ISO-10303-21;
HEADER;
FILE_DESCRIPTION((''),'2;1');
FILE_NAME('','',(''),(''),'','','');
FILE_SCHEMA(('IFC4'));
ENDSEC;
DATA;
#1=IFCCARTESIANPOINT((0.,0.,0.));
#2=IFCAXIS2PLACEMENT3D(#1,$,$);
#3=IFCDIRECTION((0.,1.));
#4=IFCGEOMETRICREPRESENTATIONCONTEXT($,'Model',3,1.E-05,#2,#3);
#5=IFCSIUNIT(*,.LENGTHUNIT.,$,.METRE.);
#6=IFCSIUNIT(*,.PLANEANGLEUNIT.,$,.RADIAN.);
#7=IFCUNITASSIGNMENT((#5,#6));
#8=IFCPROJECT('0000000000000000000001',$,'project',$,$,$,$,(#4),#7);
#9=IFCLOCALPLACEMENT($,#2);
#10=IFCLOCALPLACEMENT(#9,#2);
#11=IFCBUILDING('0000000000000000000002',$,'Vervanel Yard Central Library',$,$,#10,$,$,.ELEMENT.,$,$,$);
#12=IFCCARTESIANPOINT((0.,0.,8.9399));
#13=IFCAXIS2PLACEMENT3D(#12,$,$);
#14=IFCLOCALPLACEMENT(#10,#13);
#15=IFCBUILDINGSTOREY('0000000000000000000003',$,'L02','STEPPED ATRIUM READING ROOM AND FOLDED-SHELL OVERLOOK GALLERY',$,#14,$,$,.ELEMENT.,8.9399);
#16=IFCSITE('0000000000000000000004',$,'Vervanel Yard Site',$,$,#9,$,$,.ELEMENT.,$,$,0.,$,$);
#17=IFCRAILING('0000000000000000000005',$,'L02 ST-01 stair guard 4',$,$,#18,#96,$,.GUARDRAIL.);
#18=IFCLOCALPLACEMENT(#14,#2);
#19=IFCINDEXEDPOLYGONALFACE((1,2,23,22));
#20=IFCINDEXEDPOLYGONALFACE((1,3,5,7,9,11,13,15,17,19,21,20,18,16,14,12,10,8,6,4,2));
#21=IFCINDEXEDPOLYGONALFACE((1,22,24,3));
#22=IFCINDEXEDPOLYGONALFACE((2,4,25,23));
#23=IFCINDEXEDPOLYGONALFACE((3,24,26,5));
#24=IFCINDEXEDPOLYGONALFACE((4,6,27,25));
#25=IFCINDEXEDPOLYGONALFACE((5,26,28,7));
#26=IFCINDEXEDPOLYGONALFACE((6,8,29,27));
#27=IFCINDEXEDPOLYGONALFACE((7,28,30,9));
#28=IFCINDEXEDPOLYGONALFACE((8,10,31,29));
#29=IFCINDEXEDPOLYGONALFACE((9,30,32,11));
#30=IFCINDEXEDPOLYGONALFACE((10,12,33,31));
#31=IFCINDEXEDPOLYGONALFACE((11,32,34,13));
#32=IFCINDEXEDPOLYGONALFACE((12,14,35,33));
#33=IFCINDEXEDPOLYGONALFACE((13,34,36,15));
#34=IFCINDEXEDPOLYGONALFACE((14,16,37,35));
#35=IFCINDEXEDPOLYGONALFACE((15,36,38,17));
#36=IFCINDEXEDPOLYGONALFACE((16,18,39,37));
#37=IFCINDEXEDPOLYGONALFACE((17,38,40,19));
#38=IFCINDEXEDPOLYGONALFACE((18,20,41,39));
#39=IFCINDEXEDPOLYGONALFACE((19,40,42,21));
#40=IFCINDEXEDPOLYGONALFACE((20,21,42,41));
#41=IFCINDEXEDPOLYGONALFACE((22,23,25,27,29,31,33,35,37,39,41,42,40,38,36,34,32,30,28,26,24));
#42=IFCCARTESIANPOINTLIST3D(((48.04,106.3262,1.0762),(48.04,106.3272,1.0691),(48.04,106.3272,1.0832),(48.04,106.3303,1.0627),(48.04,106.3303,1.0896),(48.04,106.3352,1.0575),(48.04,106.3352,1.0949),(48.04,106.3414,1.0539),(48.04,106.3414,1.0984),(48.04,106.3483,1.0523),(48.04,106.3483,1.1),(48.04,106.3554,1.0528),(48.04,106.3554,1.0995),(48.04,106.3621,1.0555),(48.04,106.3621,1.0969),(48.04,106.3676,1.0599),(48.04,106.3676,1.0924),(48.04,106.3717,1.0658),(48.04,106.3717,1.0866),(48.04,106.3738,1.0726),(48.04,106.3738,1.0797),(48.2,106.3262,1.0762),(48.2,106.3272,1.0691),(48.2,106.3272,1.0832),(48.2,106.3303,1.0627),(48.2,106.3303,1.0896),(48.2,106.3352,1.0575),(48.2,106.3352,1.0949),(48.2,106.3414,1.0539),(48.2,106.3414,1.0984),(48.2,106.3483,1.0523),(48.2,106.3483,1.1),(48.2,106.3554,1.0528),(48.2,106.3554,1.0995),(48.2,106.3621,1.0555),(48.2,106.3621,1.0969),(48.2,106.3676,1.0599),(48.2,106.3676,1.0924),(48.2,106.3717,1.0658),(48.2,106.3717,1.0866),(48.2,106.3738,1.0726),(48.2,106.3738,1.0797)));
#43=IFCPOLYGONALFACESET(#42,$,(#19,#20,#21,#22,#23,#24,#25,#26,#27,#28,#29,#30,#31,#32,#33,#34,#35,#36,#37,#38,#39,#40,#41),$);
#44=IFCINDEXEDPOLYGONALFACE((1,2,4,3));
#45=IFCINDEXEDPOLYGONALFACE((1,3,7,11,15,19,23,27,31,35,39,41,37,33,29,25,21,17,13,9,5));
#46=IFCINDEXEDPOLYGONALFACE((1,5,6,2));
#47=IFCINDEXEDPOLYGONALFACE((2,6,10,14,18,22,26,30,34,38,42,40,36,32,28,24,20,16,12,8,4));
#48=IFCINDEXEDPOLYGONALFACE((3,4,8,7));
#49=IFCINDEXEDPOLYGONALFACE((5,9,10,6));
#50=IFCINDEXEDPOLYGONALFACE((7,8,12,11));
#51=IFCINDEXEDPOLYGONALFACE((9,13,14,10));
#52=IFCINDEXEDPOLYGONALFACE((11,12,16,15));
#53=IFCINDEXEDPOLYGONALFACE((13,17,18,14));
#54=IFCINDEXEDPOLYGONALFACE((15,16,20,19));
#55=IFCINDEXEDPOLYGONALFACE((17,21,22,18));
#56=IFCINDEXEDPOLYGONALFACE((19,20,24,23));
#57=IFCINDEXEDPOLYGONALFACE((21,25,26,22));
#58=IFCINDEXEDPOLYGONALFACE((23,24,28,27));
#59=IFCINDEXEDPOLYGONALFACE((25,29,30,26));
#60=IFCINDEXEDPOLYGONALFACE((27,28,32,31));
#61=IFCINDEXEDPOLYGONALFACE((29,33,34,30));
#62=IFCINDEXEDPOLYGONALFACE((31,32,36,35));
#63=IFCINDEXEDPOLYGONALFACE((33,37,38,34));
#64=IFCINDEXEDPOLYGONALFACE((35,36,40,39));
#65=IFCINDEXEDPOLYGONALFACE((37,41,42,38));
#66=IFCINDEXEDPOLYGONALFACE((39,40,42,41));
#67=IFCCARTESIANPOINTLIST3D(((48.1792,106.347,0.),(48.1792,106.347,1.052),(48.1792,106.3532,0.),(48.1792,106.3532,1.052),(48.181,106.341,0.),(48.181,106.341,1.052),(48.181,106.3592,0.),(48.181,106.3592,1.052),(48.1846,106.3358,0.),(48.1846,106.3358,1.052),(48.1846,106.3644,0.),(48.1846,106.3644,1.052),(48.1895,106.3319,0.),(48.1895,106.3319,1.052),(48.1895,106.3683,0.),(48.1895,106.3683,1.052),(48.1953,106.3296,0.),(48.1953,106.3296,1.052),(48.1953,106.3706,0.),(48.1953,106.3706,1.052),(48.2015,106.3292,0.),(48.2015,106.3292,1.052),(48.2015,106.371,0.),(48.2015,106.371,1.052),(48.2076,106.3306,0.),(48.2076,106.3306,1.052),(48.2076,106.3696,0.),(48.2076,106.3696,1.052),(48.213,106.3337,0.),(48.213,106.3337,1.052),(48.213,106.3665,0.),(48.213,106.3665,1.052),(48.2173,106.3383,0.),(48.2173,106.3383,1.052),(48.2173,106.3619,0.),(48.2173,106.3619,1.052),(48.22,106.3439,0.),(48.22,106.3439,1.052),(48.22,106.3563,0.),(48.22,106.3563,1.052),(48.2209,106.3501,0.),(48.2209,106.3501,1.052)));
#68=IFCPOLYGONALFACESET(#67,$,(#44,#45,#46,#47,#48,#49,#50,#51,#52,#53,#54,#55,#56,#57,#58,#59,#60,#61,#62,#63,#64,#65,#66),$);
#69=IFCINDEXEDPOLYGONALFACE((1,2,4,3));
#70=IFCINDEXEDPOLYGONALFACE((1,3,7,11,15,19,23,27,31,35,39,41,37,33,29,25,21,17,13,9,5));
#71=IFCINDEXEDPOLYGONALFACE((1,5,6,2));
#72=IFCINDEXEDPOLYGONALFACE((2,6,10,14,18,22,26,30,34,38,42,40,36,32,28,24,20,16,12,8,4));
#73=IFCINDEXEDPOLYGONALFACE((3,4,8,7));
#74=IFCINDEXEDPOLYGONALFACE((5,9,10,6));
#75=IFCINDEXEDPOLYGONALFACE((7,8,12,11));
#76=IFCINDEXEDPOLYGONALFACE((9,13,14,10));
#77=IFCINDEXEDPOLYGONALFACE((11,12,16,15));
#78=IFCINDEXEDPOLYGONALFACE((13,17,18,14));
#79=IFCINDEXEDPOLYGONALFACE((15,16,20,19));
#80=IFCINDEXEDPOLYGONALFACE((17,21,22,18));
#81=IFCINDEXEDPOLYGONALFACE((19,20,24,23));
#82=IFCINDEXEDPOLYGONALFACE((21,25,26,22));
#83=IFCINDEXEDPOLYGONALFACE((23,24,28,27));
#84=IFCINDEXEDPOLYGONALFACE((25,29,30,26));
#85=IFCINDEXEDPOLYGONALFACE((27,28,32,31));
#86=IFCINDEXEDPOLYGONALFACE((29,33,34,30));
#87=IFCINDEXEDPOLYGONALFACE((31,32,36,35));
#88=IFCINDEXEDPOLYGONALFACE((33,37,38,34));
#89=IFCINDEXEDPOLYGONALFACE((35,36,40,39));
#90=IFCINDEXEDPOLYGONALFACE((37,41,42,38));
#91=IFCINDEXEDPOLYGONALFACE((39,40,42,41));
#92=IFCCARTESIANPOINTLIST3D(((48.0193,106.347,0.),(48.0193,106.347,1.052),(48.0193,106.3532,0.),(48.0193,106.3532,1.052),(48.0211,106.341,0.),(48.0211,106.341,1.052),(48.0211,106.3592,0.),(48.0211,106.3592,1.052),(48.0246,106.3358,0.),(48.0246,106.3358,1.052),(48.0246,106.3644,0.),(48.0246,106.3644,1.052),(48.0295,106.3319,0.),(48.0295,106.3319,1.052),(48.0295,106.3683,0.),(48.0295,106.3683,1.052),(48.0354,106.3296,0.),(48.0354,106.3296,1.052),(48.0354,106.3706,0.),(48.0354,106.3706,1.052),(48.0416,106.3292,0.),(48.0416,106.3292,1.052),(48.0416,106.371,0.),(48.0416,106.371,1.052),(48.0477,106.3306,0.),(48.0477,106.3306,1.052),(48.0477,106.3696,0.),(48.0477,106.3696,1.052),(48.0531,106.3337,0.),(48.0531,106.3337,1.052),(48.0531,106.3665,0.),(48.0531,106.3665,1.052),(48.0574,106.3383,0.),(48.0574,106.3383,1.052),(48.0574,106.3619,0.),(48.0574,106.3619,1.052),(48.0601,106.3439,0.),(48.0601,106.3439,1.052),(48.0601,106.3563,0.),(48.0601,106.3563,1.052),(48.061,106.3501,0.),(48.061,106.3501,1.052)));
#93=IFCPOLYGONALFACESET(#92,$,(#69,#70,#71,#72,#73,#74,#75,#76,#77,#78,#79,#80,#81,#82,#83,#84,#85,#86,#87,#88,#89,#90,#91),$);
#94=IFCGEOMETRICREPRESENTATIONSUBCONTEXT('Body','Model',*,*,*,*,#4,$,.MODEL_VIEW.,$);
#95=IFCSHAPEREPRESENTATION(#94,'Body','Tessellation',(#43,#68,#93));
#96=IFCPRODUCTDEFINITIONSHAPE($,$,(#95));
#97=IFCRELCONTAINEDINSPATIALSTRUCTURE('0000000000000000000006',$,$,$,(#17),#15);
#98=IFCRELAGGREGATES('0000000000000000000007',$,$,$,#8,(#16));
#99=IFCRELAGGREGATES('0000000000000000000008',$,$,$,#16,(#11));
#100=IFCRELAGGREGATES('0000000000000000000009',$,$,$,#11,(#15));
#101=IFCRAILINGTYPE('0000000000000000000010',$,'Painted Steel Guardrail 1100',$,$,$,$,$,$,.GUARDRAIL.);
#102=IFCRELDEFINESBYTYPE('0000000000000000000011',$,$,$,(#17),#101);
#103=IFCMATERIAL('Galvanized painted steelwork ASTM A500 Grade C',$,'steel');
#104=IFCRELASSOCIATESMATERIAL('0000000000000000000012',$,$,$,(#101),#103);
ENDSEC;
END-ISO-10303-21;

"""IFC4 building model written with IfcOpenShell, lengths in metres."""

from ifc_helpers import new_model, si_unit, direction, frame, origin, origin_2d, place, context, subcontext, project, spatial, circle, extrude, material, type_object, element, save


model = new_model("IFC4")

# Units and contexts
model_context = context("Model", 3, precision=1e-05, world=origin(), true_north=direction((0.0, 1.0)))
body_context = subcontext(model_context, "Body", "Model", "MODEL_VIEW")
ifc_project = project(units=[si_unit("LENGTHUNIT", "METRE"), si_unit("PLANEANGLEUNIT", "RADIAN")], contexts=[model_context])

# Site, building, storey
site_placement = place(None, origin())
site = spatial("IfcSite", under=ifc_project, at=site_placement, Name="Vervanel Yard Site", CompositionType="ELEMENT", RefElevation=0.0)
building_placement = place(site_placement, origin())
building = spatial("IfcBuilding", under=site, at=building_placement, Name="Vervanel Yard Central Library", CompositionType="ELEMENT")
storey_placement = place(building_placement, frame((0.0, 0.0, 8.9399)))
storey = spatial("IfcBuildingStorey", under=building, at=storey_placement, Name="L02", Description="STEPPED ATRIUM READING ROOM AND FOLDED-SHELL OVERLOOK GALLERY", CompositionType="ELEMENT", Elevation=8.9399)

# Shared definitions
ifc_material_1 = material(Name="Galvanized painted steelwork ASTM A500 Grade C", Category="steel")

# Railing
railing_type_1 = type_object("IfcRailingType", Name="Painted Steel Guardrail 1100", PredefinedType="GUARDRAIL", material=ifc_material_1)
railing_1_placement = place(storey_placement, frame((48.2, 106.3501, 0.0)))
element("IfcRailing", 1, at=railing_1_placement, inside=storey, type_object=railing_type_1, Name="L02 ST-01 stair guard 4", PredefinedType="GUARDRAIL", context=body_context, shape_type="SweptSolid", body=[
    extrude(circle(Radius=0.0239, at=origin_2d()), frame((0.0, 0.0, 1.0762), z_axis=(-1.0, 0.0, 0.0), x_axis=(0.0, -1.0, 0.0)), (0.0, 0.0, 1.0), 0.1599),
    extrude(circle(Radius=0.021, at=origin_2d()), origin(), (0.0, 0.0, 1.0), 1.052),
    extrude(circle(Radius=0.021, at=origin_2d()), frame((-0.1599, 0.0, 0.0)), (0.0, 0.0, 1.0), 1.052),
])

save(model, "model.ifc")
